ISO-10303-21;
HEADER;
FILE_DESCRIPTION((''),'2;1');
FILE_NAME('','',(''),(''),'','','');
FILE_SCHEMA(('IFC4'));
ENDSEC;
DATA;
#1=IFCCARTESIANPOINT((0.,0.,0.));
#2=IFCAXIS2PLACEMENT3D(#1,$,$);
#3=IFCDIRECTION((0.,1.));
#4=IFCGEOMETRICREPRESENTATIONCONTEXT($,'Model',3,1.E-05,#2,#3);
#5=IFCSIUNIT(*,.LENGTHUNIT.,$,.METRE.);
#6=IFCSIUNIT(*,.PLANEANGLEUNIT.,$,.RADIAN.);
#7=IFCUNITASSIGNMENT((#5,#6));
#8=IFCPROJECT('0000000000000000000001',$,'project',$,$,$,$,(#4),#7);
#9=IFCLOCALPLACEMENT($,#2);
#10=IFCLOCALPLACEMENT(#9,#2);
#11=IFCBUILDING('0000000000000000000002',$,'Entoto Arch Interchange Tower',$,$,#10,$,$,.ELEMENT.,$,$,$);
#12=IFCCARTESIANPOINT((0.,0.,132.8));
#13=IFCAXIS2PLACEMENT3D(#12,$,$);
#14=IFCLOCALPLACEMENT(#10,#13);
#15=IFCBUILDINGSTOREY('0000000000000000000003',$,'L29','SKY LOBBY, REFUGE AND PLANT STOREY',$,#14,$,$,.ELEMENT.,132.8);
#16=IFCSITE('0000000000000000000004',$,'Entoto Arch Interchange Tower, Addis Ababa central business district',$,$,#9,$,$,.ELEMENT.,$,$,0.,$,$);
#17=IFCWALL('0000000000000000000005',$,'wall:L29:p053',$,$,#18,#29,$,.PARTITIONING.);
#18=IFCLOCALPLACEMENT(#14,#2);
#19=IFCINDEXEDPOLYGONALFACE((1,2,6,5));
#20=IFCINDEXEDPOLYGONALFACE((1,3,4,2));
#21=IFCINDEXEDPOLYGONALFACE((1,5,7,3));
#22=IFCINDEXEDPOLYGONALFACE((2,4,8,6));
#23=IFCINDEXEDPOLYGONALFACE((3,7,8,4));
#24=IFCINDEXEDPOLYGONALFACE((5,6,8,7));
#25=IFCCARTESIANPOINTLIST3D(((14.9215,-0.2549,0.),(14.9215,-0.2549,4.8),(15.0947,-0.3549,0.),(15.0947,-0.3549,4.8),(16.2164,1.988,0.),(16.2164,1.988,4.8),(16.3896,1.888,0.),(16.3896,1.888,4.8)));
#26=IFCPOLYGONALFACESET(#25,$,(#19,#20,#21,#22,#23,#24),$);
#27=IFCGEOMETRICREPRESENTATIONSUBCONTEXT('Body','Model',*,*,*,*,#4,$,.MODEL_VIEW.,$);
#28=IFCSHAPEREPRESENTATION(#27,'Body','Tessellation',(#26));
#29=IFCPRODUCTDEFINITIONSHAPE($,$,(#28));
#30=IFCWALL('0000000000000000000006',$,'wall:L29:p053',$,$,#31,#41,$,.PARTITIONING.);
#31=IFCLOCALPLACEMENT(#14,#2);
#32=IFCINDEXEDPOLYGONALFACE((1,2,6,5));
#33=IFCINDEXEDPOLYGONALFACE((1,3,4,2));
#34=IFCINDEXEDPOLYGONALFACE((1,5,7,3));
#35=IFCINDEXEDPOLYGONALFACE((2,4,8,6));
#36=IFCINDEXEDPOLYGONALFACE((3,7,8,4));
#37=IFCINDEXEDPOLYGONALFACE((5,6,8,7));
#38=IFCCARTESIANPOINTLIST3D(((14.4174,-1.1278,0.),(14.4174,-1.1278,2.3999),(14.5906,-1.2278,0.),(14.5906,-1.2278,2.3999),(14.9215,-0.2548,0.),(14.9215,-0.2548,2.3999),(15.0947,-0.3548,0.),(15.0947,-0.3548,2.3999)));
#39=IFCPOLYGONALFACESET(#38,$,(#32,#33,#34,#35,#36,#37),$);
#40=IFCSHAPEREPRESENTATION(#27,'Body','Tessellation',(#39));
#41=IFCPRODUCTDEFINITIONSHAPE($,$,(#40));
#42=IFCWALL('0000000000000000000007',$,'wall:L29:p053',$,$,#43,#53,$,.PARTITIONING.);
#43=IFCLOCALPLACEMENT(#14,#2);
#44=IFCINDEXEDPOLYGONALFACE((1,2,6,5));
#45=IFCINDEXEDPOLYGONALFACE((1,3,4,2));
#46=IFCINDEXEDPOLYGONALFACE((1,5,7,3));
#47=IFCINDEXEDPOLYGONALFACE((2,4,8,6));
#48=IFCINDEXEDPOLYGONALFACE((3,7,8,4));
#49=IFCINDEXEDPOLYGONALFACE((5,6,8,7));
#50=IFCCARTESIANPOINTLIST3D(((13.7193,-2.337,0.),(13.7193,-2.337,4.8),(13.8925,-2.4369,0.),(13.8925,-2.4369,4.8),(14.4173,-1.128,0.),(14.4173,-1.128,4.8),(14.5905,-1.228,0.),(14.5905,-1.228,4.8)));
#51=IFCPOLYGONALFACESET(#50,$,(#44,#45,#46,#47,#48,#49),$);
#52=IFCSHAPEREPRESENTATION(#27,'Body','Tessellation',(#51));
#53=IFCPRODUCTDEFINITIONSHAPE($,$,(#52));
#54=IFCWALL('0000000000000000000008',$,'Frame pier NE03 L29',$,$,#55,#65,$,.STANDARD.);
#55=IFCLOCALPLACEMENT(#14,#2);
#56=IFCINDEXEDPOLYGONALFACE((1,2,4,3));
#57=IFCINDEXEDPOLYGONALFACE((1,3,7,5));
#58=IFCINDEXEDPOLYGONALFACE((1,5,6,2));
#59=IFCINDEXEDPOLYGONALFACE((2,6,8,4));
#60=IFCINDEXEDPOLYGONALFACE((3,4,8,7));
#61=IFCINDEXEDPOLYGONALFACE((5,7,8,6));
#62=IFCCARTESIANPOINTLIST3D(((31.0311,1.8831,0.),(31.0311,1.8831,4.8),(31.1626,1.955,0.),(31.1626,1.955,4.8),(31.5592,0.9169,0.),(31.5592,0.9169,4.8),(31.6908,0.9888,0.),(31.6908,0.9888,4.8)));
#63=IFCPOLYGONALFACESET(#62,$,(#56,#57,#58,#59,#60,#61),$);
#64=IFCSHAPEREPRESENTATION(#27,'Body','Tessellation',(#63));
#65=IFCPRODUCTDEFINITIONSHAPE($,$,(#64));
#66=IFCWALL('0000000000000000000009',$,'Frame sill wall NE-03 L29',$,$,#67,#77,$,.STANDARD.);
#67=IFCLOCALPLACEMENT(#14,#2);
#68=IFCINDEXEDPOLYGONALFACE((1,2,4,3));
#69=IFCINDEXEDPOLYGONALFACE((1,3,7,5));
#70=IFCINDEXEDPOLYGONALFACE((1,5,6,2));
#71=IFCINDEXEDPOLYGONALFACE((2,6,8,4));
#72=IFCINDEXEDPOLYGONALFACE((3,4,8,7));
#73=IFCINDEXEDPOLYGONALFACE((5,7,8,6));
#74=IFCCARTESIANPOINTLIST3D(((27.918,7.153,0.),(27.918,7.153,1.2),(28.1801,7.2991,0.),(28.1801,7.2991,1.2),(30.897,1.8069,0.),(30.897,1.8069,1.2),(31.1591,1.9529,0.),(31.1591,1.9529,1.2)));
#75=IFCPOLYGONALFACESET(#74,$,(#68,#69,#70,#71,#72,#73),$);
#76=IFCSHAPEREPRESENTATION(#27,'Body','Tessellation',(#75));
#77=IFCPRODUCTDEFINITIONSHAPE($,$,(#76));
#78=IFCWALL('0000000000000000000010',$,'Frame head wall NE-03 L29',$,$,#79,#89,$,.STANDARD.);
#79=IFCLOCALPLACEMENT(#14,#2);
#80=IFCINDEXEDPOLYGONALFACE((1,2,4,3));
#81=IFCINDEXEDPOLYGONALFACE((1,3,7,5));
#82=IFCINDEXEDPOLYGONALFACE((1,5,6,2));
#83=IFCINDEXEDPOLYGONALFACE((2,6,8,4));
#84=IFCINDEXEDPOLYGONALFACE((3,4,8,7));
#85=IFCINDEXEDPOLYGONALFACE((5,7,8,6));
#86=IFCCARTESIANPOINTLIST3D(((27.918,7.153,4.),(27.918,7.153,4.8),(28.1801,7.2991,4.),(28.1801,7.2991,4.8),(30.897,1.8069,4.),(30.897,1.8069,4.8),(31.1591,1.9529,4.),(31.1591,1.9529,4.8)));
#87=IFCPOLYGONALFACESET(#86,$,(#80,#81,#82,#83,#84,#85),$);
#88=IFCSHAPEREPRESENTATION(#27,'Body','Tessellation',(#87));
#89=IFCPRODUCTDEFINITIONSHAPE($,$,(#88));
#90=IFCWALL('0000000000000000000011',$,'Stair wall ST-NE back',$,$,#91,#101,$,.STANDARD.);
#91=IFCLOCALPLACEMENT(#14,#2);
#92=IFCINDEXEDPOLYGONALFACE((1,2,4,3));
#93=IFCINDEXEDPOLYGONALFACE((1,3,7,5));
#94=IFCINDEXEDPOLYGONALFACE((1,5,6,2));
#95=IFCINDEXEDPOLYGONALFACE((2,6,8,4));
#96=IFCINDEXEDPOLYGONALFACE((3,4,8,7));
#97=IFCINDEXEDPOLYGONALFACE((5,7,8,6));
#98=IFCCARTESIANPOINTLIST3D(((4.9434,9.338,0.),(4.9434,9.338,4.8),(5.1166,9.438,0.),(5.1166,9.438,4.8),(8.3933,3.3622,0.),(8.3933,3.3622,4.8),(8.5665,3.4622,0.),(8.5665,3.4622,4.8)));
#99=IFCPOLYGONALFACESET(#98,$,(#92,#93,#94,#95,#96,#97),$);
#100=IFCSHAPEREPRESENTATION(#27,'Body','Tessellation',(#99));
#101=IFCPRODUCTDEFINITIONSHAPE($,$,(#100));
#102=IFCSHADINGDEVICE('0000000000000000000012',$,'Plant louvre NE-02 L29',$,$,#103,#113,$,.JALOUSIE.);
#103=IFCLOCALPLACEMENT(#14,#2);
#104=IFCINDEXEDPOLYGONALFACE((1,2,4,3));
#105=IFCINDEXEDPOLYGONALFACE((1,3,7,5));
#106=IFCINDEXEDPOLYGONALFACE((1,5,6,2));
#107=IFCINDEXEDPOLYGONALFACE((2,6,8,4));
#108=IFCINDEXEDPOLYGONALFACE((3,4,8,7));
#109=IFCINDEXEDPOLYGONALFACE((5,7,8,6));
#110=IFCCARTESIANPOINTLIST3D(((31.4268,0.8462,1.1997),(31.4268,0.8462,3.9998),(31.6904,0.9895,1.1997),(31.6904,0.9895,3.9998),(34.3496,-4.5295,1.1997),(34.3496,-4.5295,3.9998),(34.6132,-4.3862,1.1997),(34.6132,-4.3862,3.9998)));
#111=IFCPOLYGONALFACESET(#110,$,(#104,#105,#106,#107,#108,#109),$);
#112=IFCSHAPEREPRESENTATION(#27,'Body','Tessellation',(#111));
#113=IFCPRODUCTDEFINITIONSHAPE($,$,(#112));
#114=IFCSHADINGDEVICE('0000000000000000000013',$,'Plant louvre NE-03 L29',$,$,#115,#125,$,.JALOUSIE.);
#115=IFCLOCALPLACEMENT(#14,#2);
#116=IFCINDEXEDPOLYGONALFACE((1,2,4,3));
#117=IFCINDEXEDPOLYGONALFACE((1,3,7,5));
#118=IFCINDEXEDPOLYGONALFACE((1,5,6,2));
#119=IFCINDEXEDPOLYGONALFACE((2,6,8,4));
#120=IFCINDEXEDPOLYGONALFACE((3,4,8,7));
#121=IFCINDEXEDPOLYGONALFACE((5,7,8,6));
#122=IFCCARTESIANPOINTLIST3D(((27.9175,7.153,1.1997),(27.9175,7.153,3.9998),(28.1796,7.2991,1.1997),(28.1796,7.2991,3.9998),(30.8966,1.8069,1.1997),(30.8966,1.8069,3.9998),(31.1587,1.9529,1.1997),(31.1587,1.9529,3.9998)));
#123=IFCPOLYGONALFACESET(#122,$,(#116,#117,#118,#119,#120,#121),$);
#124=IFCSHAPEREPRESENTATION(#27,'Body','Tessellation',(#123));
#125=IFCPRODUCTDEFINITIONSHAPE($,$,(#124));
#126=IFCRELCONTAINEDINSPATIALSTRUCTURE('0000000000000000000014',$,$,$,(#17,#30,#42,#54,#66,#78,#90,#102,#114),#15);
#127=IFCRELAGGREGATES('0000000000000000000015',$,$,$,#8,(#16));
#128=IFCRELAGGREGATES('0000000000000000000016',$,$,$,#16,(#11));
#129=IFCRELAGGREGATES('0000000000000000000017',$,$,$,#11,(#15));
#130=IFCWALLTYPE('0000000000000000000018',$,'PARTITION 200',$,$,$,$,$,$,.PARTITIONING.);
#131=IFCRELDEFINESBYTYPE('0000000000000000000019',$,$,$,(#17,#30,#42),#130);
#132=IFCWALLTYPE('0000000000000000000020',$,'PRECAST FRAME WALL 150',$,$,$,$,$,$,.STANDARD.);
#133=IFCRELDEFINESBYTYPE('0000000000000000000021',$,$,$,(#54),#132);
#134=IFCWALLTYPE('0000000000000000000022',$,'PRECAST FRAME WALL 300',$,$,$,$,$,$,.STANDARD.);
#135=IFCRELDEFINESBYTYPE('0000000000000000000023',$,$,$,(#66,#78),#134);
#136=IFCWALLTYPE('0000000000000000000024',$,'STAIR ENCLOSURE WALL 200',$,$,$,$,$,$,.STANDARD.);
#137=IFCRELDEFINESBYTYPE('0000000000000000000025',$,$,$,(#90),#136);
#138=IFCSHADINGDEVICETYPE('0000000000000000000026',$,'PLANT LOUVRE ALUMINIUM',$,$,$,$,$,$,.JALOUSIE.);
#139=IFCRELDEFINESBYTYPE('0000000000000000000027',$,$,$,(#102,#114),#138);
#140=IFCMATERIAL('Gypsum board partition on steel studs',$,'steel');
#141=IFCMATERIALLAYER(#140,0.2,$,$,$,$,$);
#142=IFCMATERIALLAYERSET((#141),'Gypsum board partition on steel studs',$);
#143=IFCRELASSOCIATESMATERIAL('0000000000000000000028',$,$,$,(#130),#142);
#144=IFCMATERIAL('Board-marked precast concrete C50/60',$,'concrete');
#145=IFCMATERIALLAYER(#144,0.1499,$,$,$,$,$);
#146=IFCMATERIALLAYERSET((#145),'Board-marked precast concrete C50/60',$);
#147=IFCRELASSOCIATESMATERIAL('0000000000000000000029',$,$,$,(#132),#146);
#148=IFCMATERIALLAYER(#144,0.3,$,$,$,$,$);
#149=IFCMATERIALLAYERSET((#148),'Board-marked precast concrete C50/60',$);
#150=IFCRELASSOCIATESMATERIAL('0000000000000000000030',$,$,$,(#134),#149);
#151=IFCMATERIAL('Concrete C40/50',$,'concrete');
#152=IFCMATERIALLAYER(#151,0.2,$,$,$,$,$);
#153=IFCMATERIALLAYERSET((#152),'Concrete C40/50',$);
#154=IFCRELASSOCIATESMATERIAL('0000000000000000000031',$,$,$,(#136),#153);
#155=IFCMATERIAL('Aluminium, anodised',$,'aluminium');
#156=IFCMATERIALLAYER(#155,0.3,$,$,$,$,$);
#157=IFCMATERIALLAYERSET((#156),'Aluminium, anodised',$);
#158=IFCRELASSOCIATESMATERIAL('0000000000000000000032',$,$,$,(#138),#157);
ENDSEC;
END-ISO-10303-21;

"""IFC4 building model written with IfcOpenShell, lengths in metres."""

from ifc_helpers import new_model, si_unit, direction, frame, frame_2d, origin, origin_2d, place, context, subcontext, project, spatial, rectangle, extrude, material, layer, layer_set, type_object, element, save


model = new_model("IFC4")

# Units and contexts
model_context = context("Model", 3, precision=1e-05, world=origin(), true_north=direction((0.0, 1.0)))
body_context = subcontext(model_context, "Body", "Model", "MODEL_VIEW")
ifc_project = project(units=[si_unit("LENGTHUNIT", "METRE"), si_unit("PLANEANGLEUNIT", "RADIAN")], contexts=[model_context])

# Site, building, storey
site_placement = place(None, origin())
site = spatial("IfcSite", under=ifc_project, at=site_placement, Name="Entoto Arch Interchange Tower, Addis Ababa central business district", CompositionType="ELEMENT", RefElevation=0.0)
building_placement = place(site_placement, origin())
building = spatial("IfcBuilding", under=site, at=building_placement, Name="Entoto Arch Interchange Tower", CompositionType="ELEMENT")
storey_placement = place(building_placement, frame((0.0, 0.0, 132.8)))
storey = spatial("IfcBuildingStorey", under=building, at=storey_placement, Name="L29", Description="SKY LOBBY, REFUGE AND PLANT STOREY", CompositionType="ELEMENT", Elevation=132.8)

# Shared definitions
ifc_material_1 = material(Name="Concrete C40/50", Category="concrete")

# Walls
ifc_material_2 = material(Name="Gypsum board partition on steel studs", Category="steel")
ifc_layer_1 = layer(ifc_material_2, 0.2)
ifc_layer_set_1 = layer_set([ifc_layer_1], Name="Gypsum board partition on steel studs")
wall_type_1 = type_object("IfcWallType", Name="PARTITION 200", PredefinedType="PARTITIONING", material=ifc_layer_set_1)
wall_1_placement = place(storey_placement, frame((16.303, 1.938, 0.0), z_axis=(0.0, 0.0, 1.0), x_axis=(-0.499992, -0.86603, 0.0)))
element("IfcWall", 1, at=wall_1_placement, inside=storey, type_object=wall_type_1, Name="wall:L29:p053", PredefinedType="PARTITIONING", context=body_context, shape_type="SweptSolid", body=[
    extrude(rectangle(XDim=2.5898, YDim=0.2, at=frame_2d((1.2949, 0.0))), origin(), (0.0, 0.0, 1.0), 4.8),
])
wall_2_placement = place(storey_placement, frame((15.0081, -0.3049, 0.0), z_axis=(0.0, 0.0, 1.0), x_axis=(-0.500072, -0.865984, 0.0)))
element("IfcWall", 2, at=wall_2_placement, inside=storey, type_object=wall_type_1, Name="wall:L29:p053", PredefinedType="PARTITIONING", context=body_context, shape_type="SweptSolid", body=[
    extrude(rectangle(XDim=1.0081, YDim=0.2, at=frame_2d((0.5039, 0.0))), origin(), (0.0, 0.0, 1.0), 2.3999),
])
wall_3_placement = place(storey_placement, frame((14.5039, -1.178, 0.0), z_axis=(0.0, 0.0, 1.0), x_axis=(-0.499995, -0.866028, 0.0)))
element("IfcWall", 3, at=wall_3_placement, inside=storey, type_object=wall_type_1, Name="wall:L29:p053", PredefinedType="PARTITIONING", context=body_context, shape_type="SweptSolid", body=[
    extrude(rectangle(XDim=1.396, YDim=0.2, at=frame_2d((0.698, 0.0))), origin(), (0.0, 0.0, 1.0), 4.8),
])
ifc_material_3 = material(Name="Board-marked precast concrete C50/60", Category="concrete")
ifc_layer_2 = layer(ifc_material_3, 0.1499)
ifc_layer_set_2 = layer_set([ifc_layer_2], Name="Board-marked precast concrete C50/60")
wall_type_2 = type_object("IfcWallType", Name="PRECAST FRAME WALL 150", PredefinedType="STANDARD", material=ifc_layer_set_2)
wall_4_placement = place(storey_placement, frame((31.625, 0.9529, 0.0), z_axis=(0.0, 0.0, 1.0), x_axis=(-0.479644, 0.877463, 0.0)))
element("IfcWall", 4, at=wall_4_placement, inside=storey, type_object=wall_type_2, Name="Frame pier NE03 L29", PredefinedType="STANDARD", context=body_context, shape_type="SweptSolid", body=[
    extrude(rectangle(XDim=1.1011, YDim=0.1499, at=frame_2d((0.5505, 0.0))), origin(), (0.0, 0.0, 1.0), 4.8),
])
ifc_layer_3 = layer(ifc_material_3, 0.3)
ifc_layer_set_3 = layer_set([ifc_layer_3], Name="Board-marked precast concrete C50/60")
wall_type_3 = type_object("IfcWallType", Name="PRECAST FRAME WALL 300", PredefinedType="STANDARD", material=ifc_layer_set_3)
wall_5_placement = place(storey_placement, frame((31.0281, 1.8799, 0.0), z_axis=(0.0, 0.0, 1.0), x_axis=(-0.486753, 0.873539, 0.0)))
element("IfcWall", 5, at=wall_5_placement, inside=storey, type_object=wall_type_3, Name="Frame sill wall NE-03 L29", PredefinedType="STANDARD", context=body_context, shape_type="SweptSolid", body=[
    extrude(rectangle(XDim=6.1201, YDim=0.3, at=frame_2d((3.0601, 0.0))), origin(), (0.0, 0.0, 1.0), 1.2),
])
wall_6_placement = place(storey_placement, frame((31.0281, 1.8799, 4.0), z_axis=(0.0, 0.0, 1.0), x_axis=(-0.486753, 0.873539, 0.0)))
element("IfcWall", 6, at=wall_6_placement, inside=storey, type_object=wall_type_3, Name="Frame head wall NE-03 L29", PredefinedType="STANDARD", context=body_context, shape_type="SweptSolid", body=[
    extrude(rectangle(XDim=6.1201, YDim=0.3, at=frame_2d((3.0601, 0.0))), origin(), (0.0, 0.0, 1.0), 0.8),
])
ifc_layer_4 = layer(ifc_material_1, 0.2)
ifc_layer_set_4 = layer_set([ifc_layer_4], Name="Concrete C40/50")
wall_type_4 = type_object("IfcWallType", Name="STAIR ENCLOSURE WALL 200", PredefinedType="STANDARD", material=ifc_layer_set_4)
wall_7_placement = place(storey_placement, frame((8.48, 3.4121, 0.0), z_axis=(0.0, 0.0, 1.0), x_axis=(-0.499979, 0.866038, 0.0)))
element("IfcWall", 7, at=wall_7_placement, inside=storey, type_object=wall_type_4, Name="Stair wall ST-NE back", PredefinedType="STANDARD", context=body_context, shape_type="SweptSolid", body=[
    extrude(rectangle(XDim=6.9001, YDim=0.2, at=frame_2d((3.4502, 0.0))), origin(), (0.0, 0.0, 1.0), 4.8),
])

# Shading devices
ifc_material_4 = material(Name="Aluminium, anodised", Category="aluminium")
ifc_layer_5 = layer(ifc_material_4, 0.3)
ifc_layer_set_5 = layer_set([ifc_layer_5], Name="Aluminium, anodised")
shading_device_type = type_object("IfcShadingDeviceType", Name="PLANT LOUVRE ALUMINIUM", PredefinedType="JALOUSIE", material=ifc_layer_set_5)
shading_device_1_placement = place(storey_placement, frame((33.02, -1.77, 1.1997), z_axis=(0.0, 0.0, 1.0), x_axis=(-0.477665, 0.878542, 0.0)))
element("IfcShadingDevice", 8, at=shading_device_1_placement, inside=storey, type_object=shading_device_type, Name="Plant louvre NE-02 L29", PredefinedType="JALOUSIE", context=body_context, shape_type="SweptSolid", body=[
    extrude(rectangle(XDim=6.1189, YDim=0.3, at=origin_2d()), origin(), (0.0, 0.0, 1.0), 2.8),
])
shading_device_2_placement = place(storey_placement, frame((29.5381, 4.553, 1.1997), z_axis=(0.0, 0.0, 1.0), x_axis=(-0.486762, 0.873534, 0.0)))
element("IfcShadingDevice", 9, at=shading_device_2_placement, inside=storey, type_object=shading_device_type, Name="Plant louvre NE-03 L29", PredefinedType="JALOUSIE", context=body_context, shape_type="SweptSolid", body=[
    extrude(rectangle(XDim=6.1201, YDim=0.3, at=origin_2d()), origin(), (0.0, 0.0, 1.0), 2.8),
])

save(model, "model.ifc")
